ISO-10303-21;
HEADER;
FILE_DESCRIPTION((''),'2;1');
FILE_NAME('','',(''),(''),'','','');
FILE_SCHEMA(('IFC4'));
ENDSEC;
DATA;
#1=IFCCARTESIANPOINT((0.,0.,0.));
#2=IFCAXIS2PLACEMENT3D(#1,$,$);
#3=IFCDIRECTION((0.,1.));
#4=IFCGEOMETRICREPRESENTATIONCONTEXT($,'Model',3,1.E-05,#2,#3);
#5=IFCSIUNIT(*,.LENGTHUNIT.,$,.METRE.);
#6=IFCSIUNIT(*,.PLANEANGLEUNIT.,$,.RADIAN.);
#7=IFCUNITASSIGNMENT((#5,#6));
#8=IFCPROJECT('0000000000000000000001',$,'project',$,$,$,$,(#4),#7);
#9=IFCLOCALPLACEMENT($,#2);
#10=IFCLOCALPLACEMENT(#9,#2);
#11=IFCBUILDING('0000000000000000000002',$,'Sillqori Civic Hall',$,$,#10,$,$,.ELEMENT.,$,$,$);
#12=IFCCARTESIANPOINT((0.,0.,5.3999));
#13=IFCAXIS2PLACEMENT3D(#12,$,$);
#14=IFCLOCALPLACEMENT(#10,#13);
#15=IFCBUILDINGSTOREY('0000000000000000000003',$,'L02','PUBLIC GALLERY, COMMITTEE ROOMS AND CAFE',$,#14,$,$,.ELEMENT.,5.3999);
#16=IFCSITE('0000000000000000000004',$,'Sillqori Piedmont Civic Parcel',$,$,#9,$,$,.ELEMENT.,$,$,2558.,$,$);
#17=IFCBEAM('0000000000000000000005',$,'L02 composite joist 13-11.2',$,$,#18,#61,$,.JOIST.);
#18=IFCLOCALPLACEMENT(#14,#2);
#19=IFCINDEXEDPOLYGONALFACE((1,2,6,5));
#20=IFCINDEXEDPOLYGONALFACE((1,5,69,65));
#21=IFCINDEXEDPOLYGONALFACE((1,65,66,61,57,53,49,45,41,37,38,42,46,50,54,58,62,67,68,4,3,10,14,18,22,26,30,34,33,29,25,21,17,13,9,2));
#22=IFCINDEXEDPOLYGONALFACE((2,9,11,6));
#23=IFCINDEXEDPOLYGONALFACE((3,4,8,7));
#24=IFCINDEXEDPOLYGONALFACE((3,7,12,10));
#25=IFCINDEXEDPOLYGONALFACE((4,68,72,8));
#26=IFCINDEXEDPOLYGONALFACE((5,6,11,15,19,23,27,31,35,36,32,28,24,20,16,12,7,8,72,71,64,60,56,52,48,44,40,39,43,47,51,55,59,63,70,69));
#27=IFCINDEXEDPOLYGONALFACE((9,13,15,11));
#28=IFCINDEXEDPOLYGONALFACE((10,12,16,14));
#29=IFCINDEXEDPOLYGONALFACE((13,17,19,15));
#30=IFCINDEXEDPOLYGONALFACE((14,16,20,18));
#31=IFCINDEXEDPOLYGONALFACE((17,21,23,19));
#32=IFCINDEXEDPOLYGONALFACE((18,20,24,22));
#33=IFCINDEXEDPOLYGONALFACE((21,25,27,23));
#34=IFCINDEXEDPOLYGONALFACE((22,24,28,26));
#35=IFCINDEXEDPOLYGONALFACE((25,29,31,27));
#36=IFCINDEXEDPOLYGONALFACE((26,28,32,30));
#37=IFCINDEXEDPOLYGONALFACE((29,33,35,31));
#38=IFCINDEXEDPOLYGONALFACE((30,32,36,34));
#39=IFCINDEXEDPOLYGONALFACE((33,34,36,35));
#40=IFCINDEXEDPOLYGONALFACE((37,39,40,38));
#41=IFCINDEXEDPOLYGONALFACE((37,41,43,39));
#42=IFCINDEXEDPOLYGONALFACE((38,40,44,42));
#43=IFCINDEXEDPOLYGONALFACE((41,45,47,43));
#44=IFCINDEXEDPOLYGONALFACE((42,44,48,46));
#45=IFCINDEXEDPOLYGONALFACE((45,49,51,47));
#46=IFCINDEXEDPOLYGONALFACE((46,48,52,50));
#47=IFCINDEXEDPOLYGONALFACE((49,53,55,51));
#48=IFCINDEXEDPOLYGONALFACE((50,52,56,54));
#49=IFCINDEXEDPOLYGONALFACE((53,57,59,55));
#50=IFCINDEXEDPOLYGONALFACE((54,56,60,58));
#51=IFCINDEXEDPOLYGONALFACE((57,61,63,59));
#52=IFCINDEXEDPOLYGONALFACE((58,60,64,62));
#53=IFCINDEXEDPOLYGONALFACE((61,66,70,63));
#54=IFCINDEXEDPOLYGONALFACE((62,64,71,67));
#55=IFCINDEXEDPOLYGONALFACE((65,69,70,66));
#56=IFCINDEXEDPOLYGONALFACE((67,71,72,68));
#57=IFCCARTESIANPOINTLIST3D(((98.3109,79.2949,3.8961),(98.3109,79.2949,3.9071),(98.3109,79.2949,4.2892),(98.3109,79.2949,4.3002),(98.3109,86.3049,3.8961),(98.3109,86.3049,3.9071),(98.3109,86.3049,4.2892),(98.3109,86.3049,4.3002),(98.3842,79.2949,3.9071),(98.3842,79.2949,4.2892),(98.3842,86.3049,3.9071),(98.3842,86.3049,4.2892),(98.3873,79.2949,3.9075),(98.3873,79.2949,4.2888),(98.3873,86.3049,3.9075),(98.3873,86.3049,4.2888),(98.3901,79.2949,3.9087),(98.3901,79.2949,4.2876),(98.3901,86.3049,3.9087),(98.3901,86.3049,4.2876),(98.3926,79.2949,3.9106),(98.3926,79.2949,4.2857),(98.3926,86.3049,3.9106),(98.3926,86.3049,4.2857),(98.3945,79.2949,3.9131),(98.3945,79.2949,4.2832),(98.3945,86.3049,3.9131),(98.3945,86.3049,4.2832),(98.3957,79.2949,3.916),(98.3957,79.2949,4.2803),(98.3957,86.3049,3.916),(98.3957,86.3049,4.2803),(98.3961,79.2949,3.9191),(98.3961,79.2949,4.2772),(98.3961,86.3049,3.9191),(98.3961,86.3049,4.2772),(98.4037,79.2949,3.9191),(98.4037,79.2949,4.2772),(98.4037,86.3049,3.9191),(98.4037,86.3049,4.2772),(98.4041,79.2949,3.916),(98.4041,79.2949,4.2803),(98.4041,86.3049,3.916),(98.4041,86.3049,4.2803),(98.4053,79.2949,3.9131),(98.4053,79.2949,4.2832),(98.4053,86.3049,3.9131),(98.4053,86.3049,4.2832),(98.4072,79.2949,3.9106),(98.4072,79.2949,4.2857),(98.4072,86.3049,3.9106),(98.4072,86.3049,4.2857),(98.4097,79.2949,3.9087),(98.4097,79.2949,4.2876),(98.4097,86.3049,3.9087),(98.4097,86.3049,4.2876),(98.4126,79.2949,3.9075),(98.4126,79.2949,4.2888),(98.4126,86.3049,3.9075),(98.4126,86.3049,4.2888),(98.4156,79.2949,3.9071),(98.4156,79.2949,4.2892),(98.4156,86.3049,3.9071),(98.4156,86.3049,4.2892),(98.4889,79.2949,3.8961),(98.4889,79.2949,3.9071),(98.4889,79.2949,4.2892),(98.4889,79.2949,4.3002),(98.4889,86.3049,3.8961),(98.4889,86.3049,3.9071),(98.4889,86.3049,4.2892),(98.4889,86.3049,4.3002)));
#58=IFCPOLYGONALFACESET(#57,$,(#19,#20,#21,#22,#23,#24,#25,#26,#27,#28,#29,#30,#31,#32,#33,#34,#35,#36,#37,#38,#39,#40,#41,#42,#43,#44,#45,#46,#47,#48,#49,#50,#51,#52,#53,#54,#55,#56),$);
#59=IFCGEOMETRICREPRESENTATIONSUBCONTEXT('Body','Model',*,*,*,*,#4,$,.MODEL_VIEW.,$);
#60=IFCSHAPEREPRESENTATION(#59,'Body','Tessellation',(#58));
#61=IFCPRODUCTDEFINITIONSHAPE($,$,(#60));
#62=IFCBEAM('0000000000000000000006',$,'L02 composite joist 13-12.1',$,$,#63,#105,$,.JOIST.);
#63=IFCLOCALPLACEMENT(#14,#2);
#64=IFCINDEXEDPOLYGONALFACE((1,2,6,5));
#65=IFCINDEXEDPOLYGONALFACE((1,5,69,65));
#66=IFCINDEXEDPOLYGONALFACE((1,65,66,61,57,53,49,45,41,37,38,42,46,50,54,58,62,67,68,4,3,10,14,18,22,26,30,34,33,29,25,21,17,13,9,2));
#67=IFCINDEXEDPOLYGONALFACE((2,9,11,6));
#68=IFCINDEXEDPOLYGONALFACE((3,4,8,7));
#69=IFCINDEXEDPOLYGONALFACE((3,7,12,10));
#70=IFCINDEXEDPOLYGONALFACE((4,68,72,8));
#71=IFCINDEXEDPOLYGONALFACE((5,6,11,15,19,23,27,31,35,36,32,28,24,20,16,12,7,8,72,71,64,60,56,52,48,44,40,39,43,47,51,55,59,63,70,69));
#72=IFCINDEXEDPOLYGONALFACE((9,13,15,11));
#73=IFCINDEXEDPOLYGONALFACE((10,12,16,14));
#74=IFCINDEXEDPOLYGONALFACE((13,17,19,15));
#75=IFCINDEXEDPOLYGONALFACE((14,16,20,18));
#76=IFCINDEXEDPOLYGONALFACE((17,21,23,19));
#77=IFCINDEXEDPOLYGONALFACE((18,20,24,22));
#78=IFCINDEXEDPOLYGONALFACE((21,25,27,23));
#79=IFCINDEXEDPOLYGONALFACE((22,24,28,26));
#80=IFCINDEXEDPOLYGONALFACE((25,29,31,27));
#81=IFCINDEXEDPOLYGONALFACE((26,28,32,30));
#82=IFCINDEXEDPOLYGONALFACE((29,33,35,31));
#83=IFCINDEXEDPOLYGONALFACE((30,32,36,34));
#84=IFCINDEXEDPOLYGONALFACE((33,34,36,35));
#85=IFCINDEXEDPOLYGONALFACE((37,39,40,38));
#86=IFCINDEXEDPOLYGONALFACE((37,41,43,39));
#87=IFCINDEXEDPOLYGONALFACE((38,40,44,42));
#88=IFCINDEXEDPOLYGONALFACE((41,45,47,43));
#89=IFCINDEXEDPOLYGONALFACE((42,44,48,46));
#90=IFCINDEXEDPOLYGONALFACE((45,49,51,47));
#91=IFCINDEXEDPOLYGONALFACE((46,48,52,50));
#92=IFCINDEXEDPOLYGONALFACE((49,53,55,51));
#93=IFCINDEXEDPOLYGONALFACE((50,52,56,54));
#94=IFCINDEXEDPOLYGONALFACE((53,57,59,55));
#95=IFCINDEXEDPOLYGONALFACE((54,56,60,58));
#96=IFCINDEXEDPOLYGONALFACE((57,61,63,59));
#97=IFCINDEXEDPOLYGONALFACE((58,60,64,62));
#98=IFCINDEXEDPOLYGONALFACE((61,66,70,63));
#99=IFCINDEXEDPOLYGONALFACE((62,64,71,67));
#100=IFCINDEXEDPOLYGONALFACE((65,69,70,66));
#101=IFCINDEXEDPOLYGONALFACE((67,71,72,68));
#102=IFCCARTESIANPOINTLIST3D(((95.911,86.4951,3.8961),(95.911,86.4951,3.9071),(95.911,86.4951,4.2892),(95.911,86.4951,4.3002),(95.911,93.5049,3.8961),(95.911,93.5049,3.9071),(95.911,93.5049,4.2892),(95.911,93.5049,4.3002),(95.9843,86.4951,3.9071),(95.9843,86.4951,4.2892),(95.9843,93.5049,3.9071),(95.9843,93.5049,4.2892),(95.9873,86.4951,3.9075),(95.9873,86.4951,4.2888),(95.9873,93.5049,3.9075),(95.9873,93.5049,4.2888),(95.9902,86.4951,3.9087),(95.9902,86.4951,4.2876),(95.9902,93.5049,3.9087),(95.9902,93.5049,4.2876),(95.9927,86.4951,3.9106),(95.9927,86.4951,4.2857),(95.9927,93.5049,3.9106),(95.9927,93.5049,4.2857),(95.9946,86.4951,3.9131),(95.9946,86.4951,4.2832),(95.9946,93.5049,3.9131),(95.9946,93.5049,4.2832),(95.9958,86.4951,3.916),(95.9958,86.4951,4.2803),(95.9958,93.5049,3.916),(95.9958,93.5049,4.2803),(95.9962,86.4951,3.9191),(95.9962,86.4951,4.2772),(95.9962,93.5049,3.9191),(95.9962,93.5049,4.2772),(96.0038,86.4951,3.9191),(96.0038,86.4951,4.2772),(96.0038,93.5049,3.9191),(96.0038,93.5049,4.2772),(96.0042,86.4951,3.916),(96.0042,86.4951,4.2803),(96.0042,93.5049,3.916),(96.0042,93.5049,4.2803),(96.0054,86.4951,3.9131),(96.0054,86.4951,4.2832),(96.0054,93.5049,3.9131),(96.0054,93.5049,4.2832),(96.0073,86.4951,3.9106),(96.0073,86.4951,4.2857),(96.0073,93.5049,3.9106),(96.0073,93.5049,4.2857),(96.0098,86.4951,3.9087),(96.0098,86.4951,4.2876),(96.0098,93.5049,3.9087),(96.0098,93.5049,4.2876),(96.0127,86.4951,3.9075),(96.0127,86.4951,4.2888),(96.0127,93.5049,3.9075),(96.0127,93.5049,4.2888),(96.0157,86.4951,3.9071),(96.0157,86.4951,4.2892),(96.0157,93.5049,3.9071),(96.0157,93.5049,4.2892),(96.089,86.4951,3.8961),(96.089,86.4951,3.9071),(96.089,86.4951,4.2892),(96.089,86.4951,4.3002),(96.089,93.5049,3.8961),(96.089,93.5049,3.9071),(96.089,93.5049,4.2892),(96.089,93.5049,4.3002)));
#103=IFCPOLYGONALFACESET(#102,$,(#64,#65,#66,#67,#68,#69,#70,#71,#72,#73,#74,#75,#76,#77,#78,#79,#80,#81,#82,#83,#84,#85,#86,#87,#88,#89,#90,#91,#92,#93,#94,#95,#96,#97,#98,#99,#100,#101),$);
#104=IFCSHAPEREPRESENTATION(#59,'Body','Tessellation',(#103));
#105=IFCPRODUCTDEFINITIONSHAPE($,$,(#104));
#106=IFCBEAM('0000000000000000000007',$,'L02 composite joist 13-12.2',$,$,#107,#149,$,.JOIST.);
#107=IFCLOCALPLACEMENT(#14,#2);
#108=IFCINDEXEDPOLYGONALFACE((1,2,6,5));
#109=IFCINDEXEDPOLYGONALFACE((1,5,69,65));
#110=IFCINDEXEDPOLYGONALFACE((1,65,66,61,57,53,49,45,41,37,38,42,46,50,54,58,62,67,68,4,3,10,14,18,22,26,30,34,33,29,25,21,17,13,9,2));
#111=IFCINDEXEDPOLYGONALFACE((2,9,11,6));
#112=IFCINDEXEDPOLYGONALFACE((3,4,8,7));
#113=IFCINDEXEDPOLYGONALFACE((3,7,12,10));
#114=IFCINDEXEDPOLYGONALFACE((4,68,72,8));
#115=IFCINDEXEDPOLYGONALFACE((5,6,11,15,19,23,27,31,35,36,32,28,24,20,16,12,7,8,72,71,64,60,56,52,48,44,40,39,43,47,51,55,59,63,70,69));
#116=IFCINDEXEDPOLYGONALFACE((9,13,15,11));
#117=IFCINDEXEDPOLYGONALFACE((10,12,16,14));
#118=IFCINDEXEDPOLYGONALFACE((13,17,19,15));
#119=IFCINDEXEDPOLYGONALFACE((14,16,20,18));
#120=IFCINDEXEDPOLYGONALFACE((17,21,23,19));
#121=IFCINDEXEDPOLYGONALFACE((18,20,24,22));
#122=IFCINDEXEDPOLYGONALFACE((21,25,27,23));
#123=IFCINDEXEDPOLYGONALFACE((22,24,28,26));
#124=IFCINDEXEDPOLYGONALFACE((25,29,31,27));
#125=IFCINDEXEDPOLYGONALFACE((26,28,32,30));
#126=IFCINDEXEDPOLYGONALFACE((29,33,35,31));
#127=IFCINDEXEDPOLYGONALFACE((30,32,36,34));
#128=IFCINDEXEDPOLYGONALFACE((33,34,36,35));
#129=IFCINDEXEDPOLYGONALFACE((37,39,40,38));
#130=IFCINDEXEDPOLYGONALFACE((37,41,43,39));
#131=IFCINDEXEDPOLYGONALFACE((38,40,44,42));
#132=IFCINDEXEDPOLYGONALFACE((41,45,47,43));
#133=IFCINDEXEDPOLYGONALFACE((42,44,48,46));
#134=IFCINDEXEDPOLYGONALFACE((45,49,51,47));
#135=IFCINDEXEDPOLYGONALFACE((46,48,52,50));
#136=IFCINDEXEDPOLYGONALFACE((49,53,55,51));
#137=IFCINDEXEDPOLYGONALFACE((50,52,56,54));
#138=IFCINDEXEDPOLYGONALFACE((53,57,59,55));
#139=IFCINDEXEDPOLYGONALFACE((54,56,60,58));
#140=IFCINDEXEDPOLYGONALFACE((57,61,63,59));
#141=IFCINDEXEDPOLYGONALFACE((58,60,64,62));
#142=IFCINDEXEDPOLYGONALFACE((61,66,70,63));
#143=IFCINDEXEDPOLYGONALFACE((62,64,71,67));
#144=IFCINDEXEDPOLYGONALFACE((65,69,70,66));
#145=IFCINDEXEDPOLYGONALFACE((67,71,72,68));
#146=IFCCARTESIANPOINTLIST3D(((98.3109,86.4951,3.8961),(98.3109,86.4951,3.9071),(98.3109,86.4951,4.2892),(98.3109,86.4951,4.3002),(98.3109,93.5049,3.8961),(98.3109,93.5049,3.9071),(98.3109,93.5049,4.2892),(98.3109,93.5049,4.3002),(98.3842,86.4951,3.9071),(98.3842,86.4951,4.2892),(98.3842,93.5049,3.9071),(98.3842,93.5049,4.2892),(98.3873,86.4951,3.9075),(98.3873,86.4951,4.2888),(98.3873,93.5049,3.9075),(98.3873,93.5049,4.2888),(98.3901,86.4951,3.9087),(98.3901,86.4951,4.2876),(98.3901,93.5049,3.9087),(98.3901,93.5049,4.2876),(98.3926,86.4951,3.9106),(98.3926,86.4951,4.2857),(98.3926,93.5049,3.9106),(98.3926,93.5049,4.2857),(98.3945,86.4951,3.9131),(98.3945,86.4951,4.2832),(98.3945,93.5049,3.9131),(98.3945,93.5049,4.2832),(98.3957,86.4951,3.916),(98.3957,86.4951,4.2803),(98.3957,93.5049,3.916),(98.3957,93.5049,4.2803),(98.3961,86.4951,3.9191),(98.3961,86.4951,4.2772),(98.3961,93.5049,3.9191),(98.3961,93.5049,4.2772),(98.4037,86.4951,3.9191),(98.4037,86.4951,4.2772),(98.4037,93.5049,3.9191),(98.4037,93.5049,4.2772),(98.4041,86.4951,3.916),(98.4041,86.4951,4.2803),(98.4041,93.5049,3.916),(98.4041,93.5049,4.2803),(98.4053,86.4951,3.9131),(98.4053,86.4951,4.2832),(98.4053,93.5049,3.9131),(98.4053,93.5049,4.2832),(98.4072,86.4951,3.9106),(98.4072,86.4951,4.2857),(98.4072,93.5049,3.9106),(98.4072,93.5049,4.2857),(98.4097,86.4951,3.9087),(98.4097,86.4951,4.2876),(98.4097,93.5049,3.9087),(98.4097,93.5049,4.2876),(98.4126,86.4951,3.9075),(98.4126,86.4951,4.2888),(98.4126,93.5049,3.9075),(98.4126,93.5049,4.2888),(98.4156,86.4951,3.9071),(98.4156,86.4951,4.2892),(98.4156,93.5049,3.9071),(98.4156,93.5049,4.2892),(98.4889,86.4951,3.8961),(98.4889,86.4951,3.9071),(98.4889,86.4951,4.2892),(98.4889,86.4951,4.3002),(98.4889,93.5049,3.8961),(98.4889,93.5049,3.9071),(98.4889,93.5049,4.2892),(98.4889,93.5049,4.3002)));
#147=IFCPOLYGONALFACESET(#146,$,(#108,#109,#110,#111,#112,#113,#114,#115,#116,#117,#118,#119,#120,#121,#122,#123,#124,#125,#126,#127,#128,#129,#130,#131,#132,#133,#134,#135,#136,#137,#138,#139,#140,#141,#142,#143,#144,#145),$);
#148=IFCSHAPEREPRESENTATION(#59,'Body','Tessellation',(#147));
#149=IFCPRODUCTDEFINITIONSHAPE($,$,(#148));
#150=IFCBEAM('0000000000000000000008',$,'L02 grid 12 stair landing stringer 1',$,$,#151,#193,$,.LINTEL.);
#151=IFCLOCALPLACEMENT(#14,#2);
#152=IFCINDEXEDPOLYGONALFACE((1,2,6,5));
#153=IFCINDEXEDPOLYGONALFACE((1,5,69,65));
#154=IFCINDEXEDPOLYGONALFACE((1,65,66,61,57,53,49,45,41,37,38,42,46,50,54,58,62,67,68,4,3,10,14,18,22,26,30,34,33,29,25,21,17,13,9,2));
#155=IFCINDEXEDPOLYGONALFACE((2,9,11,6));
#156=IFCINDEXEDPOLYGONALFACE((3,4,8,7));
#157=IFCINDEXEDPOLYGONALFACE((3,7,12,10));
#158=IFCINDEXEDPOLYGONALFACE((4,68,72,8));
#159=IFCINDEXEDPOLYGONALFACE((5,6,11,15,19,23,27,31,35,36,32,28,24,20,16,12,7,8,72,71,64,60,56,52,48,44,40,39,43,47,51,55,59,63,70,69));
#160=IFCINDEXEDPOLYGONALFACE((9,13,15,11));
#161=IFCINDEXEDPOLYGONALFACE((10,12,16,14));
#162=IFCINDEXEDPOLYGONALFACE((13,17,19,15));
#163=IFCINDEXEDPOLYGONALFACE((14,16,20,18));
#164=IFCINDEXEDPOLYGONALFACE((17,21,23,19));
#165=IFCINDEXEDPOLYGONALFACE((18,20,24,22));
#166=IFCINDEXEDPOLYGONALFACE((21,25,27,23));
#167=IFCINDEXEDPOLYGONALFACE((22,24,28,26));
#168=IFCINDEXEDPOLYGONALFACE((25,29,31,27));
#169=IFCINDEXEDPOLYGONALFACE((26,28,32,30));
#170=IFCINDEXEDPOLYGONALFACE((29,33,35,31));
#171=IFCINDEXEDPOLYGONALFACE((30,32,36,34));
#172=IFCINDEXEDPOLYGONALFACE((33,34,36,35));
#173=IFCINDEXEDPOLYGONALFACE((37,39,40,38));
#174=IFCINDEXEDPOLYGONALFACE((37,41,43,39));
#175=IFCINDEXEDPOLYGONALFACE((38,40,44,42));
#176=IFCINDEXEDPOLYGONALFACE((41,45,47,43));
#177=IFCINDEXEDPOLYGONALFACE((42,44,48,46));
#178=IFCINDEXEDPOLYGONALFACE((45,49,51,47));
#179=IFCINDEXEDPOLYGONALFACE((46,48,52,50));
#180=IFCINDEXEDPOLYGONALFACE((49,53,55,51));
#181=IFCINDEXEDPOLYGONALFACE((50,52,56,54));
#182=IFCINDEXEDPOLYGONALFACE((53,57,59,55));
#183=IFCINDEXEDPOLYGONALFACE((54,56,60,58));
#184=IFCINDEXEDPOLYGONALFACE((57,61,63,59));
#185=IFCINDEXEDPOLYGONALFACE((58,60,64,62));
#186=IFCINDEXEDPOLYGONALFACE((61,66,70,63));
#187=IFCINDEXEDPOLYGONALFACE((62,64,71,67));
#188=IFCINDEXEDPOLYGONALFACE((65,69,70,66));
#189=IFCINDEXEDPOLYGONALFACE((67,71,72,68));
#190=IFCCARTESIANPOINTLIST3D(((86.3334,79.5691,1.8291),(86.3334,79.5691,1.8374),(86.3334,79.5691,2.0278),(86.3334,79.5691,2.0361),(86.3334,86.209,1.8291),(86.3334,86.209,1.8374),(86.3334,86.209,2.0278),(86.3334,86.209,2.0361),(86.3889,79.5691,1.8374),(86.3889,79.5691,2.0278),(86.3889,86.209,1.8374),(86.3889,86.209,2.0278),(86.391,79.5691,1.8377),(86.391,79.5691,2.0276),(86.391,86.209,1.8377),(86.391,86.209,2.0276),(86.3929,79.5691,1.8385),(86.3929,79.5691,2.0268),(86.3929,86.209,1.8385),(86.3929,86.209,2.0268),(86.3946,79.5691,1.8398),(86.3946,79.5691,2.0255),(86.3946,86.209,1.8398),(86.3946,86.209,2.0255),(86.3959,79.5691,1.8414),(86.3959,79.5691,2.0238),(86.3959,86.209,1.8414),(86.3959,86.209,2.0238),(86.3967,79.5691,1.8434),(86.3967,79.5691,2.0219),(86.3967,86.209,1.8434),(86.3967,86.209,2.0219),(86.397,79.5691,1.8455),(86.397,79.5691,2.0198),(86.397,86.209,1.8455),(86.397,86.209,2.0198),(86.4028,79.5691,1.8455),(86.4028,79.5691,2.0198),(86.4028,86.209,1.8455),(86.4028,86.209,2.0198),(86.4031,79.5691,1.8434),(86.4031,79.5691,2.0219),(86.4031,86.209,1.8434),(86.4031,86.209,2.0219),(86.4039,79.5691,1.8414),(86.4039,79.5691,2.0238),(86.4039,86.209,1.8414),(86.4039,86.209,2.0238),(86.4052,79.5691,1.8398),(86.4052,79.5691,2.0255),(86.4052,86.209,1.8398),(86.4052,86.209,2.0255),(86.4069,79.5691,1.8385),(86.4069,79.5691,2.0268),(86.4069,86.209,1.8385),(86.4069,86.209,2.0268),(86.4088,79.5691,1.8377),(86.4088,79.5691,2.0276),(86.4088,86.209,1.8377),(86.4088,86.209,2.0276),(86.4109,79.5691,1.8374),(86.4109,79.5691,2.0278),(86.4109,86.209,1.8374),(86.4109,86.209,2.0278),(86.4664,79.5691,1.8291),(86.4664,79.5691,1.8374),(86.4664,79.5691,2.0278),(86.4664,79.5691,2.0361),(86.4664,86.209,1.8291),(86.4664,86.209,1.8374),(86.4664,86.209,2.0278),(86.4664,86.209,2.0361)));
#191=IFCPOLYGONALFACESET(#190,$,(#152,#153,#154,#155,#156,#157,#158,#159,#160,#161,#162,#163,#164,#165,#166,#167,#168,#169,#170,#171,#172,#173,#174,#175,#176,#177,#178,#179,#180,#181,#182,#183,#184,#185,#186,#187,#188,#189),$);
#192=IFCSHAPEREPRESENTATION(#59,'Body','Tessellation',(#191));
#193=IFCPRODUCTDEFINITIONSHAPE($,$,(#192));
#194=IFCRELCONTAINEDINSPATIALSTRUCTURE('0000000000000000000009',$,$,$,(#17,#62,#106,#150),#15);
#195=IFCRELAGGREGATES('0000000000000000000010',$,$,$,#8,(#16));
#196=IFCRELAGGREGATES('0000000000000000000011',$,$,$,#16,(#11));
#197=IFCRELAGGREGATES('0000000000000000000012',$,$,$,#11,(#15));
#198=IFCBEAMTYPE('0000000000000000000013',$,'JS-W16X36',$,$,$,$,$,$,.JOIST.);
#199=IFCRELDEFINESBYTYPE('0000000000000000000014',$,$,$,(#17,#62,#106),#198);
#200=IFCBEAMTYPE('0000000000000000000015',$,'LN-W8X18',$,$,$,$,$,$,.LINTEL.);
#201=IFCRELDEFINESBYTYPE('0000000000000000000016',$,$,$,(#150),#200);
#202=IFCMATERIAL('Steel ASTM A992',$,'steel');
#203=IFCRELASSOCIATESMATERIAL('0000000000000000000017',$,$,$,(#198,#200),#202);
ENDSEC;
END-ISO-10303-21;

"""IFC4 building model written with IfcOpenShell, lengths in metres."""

from ifc_helpers import new_model, si_unit, direction, frame, origin, origin_2d, place, context, subcontext, project, spatial, i_section, extrude, material, material_profile, profile_set, type_object, element, save


model = new_model("IFC4")

# Units and contexts
model_context = context("Model", 3, precision=1e-05, world=origin(), true_north=direction((0.0, 1.0)))
body_context = subcontext(model_context, "Body", "Model", "MODEL_VIEW")
ifc_project = project(units=[si_unit("LENGTHUNIT", "METRE"), si_unit("PLANEANGLEUNIT", "RADIAN")], contexts=[model_context])

# Site, building, storey
site_placement = place(None, origin())
site = spatial("IfcSite", under=ifc_project, at=site_placement, Name="Sillqori Piedmont Civic Parcel", CompositionType="ELEMENT", RefElevation=2558.0)
building_placement = place(site_placement, origin())
building = spatial("IfcBuilding", under=site, at=building_placement, Name="Sillqori Civic Hall", CompositionType="ELEMENT")
storey_placement = place(building_placement, frame((0.0, 0.0, 5.3999)))
storey = spatial("IfcBuildingStorey", under=building, at=storey_placement, Name="L02", Description="PUBLIC GALLERY, COMMITTEE ROOMS AND CAFE", CompositionType="ELEMENT", Elevation=5.3999)

# Shared definitions
ifc_material_1 = material(Name="Steel ASTM A992", Category="steel")

# Beams
ifc_material_profile_1 = material_profile(ifc_material_1, i_section(OverallWidth=0.178, OverallDepth=0.4041, WebThickness=0.0076, FlangeThickness=0.011, FilletRadius=0.012, at=origin_2d()), Name="W16X36")
ifc_profile_set_1 = profile_set([ifc_material_profile_1], Name="Steel ASTM A992")
beam_type_1 = type_object("IfcBeamType", Name="JS-W16X36", PredefinedType="JOIST", material=ifc_profile_set_1)
for number, where, z_axis, x_axis, name in (
    (1, (98.3999, 79.2949, 4.0981), (0.0, 1.0, 0.0), (-1.0, 0.0, 0.0), "L02 composite joist 13-11.2"),
):
    element("IfcBeam", number, at=place(storey_placement, frame(where, z_axis=z_axis, x_axis=x_axis)), inside=storey, type_object=beam_type_1, Name=name, PredefinedType="JOIST", context=body_context, shape_type="SweptSolid", body=[
        extrude(i_section(OverallWidth=0.178, OverallDepth=0.4041, WebThickness=0.0076, FlangeThickness=0.011, FilletRadius=0.012, at=origin_2d()), origin(), (0.0, 0.0, 1.0), 7.01),
    ])
for number, where, z_axis, x_axis, name in (
    (2, (96.0, 86.4951, 4.0981), (0.0, 1.0, 0.0), (-1.0, 0.0, 0.0), "L02 composite joist 13-12.1"),
    (3, (98.3999, 86.4951, 4.0981), (0.0, 1.0, 0.0), (-1.0, 0.0, 0.0), "L02 composite joist 13-12.2"),
):
    element("IfcBeam", number, at=place(storey_placement, frame(where, z_axis=z_axis, x_axis=x_axis)), inside=storey, type_object=beam_type_1, Name=name, PredefinedType="JOIST", context=body_context, shape_type="SweptSolid", body=[
        extrude(i_section(OverallWidth=0.178, OverallDepth=0.4041, WebThickness=0.0076, FlangeThickness=0.011, FilletRadius=0.012, at=origin_2d()), origin(), (0.0, 0.0, 1.0), 7.0098),
    ])
ifc_material_profile_2 = material_profile(ifc_material_1, i_section(OverallWidth=0.1331, OverallDepth=0.207, WebThickness=0.0059, FlangeThickness=0.0083, FilletRadius=0.0081, at=origin_2d()), Name="W8X18")
ifc_profile_set_2 = profile_set([ifc_material_profile_2], Name="Steel ASTM A992")
beam_type_2 = type_object("IfcBeamType", Name="LN-W8X18", PredefinedType="LINTEL", material=ifc_profile_set_2)
for number, where, z_axis, x_axis, name in (
    (4, (86.3999, 79.5691, 1.9326), (0.0, 1.0, 0.0), (-1.0, 0.0, 0.0), "L02 grid 12 stair landing stringer 1"),
):
    element("IfcBeam", number, at=place(storey_placement, frame(where, z_axis=z_axis, x_axis=x_axis)), inside=storey, type_object=beam_type_2, Name=name, PredefinedType="LINTEL", context=body_context, shape_type="SweptSolid", body=[
        extrude(i_section(OverallWidth=0.1331, OverallDepth=0.207, WebThickness=0.0059, FlangeThickness=0.0083, FilletRadius=0.0081, at=origin_2d()), origin(), (0.0, 0.0, 1.0), 6.6399),
    ])

save(model, "model.ifc")
